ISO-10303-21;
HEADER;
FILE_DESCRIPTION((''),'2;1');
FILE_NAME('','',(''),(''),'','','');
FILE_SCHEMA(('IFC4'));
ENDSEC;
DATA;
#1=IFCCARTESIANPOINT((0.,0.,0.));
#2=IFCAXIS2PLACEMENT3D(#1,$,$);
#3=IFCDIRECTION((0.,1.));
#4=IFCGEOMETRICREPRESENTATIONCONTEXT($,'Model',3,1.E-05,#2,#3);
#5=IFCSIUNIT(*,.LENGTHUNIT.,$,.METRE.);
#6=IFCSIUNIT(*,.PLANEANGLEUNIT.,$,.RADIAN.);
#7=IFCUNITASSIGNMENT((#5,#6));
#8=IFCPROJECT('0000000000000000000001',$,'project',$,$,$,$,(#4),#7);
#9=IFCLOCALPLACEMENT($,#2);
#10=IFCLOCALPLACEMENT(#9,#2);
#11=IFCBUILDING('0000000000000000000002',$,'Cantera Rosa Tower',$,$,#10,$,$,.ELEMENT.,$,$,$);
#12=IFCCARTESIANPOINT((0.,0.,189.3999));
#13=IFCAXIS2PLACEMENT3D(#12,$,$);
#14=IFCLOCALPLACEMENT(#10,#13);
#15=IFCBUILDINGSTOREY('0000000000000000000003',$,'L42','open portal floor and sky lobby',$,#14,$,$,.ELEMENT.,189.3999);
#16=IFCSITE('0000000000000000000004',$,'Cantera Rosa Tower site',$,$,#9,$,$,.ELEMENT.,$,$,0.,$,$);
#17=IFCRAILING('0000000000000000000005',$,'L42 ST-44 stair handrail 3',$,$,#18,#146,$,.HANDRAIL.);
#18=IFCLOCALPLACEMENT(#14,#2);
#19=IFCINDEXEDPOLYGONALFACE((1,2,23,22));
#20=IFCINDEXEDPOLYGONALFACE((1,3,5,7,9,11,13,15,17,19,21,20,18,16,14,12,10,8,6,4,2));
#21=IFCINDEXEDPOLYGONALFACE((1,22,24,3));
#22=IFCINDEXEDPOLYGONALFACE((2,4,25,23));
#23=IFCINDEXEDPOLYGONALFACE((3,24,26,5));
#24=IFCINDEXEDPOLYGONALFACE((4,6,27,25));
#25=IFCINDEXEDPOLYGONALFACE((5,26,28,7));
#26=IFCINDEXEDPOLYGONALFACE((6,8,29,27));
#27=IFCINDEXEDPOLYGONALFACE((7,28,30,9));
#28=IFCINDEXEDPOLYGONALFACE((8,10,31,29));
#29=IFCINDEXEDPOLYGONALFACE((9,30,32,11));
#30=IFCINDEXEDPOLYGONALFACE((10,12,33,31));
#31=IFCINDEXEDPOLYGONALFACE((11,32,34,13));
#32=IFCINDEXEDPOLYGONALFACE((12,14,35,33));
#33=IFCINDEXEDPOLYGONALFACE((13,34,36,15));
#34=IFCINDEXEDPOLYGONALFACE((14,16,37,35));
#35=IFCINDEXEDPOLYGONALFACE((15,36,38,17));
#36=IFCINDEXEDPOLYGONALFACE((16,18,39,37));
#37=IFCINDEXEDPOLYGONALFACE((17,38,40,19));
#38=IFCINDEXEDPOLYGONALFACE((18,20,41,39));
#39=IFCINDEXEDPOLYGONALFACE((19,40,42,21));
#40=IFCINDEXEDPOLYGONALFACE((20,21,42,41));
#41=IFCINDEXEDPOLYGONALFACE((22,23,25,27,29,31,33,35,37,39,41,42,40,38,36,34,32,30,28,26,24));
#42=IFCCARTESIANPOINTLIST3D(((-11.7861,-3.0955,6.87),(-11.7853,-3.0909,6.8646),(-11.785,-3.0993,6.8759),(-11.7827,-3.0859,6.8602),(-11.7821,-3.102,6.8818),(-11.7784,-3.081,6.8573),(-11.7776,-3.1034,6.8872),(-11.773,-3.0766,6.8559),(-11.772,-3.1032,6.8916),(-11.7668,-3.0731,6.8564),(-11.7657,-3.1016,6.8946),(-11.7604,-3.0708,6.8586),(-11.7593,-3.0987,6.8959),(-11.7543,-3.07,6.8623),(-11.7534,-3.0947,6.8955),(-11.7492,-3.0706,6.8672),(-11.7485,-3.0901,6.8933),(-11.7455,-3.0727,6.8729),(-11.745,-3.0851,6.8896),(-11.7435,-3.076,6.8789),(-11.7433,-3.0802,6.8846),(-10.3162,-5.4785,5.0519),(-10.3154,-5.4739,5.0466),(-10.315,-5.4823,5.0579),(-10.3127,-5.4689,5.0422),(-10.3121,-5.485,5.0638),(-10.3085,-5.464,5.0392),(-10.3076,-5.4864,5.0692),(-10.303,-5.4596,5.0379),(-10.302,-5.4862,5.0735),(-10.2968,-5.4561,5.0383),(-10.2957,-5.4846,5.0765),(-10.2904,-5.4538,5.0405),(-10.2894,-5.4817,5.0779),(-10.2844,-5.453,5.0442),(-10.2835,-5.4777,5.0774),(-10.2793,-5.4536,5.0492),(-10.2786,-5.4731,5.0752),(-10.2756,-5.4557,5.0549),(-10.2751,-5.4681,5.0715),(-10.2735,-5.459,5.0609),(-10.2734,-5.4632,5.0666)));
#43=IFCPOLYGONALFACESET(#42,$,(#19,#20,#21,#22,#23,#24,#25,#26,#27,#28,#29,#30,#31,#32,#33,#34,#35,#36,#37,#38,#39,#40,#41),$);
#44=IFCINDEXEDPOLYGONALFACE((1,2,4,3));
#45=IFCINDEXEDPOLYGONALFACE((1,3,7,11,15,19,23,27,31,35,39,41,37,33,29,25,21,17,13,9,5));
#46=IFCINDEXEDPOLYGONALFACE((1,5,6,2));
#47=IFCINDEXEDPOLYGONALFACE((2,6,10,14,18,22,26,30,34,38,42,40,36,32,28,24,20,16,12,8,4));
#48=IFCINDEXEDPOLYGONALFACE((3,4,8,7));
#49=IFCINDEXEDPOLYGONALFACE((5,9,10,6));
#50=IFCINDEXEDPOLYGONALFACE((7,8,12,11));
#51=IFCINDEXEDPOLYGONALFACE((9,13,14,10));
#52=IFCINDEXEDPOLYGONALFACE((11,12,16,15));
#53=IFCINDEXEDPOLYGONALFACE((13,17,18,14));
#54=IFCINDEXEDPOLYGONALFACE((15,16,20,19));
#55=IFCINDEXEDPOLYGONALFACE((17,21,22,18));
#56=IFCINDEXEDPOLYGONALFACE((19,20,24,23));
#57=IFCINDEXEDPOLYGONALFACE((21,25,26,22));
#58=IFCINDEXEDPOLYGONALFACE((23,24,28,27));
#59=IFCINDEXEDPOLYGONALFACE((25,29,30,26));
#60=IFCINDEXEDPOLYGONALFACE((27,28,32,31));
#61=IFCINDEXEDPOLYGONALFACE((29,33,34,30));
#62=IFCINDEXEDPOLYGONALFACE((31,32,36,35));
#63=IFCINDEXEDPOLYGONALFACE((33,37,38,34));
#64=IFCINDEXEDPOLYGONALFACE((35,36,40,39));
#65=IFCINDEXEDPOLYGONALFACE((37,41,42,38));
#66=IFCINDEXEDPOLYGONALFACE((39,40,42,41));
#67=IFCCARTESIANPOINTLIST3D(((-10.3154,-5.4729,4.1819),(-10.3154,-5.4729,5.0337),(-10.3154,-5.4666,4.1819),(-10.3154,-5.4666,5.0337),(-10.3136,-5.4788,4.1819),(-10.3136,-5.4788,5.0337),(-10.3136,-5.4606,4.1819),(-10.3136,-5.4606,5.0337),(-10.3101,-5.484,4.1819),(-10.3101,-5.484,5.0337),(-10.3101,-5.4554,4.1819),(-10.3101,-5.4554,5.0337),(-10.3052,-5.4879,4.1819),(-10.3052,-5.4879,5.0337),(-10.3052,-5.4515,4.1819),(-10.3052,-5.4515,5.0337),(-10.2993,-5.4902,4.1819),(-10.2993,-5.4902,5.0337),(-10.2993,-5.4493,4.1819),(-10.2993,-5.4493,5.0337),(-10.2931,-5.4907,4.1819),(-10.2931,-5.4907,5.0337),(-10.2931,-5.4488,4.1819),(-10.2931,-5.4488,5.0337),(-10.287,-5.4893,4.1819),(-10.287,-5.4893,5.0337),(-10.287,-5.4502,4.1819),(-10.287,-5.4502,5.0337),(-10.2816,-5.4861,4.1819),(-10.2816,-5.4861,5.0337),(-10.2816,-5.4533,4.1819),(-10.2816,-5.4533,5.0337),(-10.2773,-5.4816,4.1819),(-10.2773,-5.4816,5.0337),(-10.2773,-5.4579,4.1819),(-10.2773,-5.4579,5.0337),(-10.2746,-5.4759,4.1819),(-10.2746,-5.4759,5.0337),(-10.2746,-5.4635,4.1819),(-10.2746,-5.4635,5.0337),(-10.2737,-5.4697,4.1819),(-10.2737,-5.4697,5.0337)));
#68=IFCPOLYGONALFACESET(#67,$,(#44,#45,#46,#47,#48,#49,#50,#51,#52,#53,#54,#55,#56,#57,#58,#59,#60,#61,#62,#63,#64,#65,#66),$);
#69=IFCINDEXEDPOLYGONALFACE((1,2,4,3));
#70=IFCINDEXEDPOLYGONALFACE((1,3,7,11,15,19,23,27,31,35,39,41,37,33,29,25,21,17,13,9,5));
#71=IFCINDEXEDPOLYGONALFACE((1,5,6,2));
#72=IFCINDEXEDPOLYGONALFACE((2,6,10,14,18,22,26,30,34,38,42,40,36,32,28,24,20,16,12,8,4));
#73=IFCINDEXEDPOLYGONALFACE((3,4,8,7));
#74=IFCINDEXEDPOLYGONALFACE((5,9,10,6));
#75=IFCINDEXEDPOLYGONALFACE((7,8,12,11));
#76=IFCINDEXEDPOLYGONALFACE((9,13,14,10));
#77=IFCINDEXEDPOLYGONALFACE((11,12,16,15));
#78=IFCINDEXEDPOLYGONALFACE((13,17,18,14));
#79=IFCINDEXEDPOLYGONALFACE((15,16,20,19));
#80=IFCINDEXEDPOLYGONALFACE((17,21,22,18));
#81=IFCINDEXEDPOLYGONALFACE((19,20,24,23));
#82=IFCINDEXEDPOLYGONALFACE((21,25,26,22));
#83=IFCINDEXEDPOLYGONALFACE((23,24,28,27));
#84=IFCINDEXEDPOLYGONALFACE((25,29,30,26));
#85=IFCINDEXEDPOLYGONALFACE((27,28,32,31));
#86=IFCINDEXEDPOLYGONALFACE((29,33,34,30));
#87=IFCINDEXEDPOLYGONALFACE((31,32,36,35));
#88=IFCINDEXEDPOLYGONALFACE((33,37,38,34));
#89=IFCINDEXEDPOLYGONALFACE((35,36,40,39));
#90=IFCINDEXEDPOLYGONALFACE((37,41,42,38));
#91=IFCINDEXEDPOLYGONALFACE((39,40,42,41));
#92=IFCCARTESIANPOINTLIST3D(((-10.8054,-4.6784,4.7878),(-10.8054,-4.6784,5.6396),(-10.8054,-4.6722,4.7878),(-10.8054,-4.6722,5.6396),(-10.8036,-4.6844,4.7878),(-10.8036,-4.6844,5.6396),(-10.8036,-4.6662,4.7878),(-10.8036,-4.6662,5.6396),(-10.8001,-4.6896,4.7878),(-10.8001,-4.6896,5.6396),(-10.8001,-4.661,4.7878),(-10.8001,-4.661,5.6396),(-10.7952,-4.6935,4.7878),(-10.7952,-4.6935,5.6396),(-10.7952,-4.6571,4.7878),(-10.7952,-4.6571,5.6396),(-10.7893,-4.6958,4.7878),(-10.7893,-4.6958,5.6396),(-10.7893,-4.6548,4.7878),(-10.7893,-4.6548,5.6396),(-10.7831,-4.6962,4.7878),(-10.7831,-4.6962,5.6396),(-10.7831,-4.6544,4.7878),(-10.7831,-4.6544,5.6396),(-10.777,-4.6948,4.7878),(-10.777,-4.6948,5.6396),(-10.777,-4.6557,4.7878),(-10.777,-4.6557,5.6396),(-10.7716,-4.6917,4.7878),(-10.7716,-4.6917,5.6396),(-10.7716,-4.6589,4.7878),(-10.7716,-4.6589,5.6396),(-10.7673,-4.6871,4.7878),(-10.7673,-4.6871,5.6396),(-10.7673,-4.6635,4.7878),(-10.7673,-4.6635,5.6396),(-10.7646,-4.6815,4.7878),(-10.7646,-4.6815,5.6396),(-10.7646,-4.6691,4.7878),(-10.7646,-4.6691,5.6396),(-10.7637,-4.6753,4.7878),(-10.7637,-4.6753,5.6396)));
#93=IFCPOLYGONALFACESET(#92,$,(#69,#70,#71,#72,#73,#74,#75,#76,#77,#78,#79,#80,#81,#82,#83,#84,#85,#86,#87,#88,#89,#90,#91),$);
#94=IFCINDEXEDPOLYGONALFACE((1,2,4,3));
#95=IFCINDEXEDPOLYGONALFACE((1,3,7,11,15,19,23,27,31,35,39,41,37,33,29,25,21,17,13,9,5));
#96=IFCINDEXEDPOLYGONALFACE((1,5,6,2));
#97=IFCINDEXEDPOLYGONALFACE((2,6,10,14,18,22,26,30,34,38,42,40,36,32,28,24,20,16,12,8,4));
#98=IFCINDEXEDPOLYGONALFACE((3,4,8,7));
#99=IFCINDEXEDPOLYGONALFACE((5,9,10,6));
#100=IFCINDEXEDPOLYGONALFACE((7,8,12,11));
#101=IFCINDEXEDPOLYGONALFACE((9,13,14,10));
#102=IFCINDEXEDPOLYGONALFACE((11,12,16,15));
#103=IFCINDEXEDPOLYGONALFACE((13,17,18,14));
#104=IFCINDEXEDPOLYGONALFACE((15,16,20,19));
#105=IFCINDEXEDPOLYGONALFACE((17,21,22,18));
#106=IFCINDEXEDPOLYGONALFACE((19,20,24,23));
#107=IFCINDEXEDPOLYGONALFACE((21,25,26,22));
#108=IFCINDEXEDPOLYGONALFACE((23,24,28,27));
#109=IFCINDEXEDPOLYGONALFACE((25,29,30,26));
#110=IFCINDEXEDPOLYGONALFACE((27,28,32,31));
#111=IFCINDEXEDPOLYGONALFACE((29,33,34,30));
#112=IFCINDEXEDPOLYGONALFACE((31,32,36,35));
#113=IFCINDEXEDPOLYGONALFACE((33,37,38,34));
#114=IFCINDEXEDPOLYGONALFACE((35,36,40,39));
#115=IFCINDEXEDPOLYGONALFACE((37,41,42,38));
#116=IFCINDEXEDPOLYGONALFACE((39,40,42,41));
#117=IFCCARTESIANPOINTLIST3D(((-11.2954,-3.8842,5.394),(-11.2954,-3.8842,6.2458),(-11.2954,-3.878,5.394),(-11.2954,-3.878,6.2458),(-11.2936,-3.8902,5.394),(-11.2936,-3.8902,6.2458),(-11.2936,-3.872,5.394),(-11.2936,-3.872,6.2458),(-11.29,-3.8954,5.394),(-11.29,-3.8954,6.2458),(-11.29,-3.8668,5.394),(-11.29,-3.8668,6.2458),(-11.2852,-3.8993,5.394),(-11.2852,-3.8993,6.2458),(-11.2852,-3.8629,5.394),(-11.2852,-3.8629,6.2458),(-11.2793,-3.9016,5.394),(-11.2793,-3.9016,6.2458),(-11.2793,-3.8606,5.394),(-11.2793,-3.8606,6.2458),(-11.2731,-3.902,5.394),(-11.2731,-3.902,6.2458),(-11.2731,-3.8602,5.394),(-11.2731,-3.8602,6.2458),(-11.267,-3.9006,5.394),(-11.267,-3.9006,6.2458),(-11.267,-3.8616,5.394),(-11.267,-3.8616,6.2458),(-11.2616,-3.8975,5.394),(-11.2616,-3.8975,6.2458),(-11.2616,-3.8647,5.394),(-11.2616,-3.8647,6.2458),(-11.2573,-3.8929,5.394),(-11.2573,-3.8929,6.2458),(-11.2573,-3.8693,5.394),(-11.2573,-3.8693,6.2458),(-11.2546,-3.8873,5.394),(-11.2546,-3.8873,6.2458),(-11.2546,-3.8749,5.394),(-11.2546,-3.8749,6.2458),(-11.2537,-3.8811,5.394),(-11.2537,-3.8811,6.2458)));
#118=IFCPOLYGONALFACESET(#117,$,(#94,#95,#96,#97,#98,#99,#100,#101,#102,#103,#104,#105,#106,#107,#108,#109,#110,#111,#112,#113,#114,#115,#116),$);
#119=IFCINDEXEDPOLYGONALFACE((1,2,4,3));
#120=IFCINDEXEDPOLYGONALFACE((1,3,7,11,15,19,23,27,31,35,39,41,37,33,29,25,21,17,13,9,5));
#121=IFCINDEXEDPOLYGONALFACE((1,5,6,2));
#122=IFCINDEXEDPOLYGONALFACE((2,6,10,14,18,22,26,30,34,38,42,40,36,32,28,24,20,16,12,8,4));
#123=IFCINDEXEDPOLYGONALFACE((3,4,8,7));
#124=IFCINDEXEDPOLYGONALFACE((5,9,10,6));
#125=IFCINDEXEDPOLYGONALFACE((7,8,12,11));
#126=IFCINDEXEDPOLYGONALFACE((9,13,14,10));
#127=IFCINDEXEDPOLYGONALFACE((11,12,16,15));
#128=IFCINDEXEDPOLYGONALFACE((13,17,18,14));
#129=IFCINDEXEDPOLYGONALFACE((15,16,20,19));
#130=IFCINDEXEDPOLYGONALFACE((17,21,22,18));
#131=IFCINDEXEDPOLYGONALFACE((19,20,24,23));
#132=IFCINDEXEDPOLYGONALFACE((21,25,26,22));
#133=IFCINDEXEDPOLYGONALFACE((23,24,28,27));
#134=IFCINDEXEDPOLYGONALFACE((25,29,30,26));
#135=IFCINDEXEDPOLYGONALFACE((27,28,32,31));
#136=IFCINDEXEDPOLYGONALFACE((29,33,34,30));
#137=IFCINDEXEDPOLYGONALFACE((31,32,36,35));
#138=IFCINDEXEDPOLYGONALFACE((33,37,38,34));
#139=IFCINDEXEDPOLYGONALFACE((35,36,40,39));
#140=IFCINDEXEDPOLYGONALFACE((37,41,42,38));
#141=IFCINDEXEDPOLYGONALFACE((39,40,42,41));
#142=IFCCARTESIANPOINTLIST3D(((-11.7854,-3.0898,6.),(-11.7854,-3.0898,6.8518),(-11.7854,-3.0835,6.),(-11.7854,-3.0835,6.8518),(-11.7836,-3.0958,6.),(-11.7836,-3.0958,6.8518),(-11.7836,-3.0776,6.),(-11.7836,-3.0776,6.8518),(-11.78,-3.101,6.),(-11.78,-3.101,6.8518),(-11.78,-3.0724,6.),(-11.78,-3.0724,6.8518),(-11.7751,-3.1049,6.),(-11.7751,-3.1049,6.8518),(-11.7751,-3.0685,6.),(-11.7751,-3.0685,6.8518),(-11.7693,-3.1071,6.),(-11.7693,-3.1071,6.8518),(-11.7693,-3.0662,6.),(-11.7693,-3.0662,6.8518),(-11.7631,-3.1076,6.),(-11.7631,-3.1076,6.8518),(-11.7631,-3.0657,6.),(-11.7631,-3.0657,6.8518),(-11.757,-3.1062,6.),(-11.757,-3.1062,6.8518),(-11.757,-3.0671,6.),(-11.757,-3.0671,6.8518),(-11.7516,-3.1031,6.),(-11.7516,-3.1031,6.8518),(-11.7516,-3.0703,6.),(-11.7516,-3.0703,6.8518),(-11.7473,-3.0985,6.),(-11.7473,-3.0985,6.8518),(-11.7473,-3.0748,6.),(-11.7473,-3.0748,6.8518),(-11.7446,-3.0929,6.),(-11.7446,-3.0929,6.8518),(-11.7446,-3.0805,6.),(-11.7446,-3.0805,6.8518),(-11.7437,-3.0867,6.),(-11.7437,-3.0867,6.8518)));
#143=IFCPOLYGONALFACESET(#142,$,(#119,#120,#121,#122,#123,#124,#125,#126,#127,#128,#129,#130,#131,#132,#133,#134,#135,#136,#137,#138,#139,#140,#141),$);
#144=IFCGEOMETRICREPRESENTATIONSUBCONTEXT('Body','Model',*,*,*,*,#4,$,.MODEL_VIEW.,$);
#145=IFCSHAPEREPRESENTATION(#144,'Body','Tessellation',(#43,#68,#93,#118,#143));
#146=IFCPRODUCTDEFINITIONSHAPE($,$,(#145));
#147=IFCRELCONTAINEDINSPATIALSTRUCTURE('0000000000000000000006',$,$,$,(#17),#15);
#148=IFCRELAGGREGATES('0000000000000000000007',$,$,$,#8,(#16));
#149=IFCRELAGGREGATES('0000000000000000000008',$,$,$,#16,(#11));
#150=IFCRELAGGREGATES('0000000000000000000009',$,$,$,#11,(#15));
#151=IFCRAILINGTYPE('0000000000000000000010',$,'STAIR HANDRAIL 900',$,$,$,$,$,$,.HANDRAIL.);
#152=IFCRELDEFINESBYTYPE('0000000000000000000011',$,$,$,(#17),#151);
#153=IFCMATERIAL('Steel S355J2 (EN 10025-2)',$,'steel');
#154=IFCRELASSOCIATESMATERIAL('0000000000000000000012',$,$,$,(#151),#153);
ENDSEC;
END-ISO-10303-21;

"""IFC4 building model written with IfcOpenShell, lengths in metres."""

from ifc_helpers import new_model, si_unit, direction, frame, origin, origin_2d, place, context, subcontext, project, spatial, circle, extrude, material, type_object, element, save


model = new_model("IFC4")

# Units and contexts
model_context = context("Model", 3, precision=1e-05, world=origin(), true_north=direction((0.0, 1.0)))
body_context = subcontext(model_context, "Body", "Model", "MODEL_VIEW")
ifc_project = project(units=[si_unit("LENGTHUNIT", "METRE"), si_unit("PLANEANGLEUNIT", "RADIAN")], contexts=[model_context])

# Site, building, storey
site_placement = place(None, origin())
site = spatial("IfcSite", under=ifc_project, at=site_placement, Name="Cantera Rosa Tower site", CompositionType="ELEMENT", RefElevation=0.0)
building_placement = place(site_placement, origin())
building = spatial("IfcBuilding", under=site, at=building_placement, Name="Cantera Rosa Tower", CompositionType="ELEMENT")
storey_placement = place(building_placement, frame((0.0, 0.0, 189.3999)))
storey = spatial("IfcBuildingStorey", under=building, at=storey_placement, Name="L42", Description="open portal floor and sky lobby", CompositionType="ELEMENT", Elevation=189.3999)

# Railing
ifc_material_1 = material(Name="Steel S355J2 (EN 10025-2)", Category="steel")
railing_type_1 = type_object("IfcRailingType", Name="STAIR HANDRAIL 900", PredefinedType="HANDRAIL", material=ifc_material_1)
for number, where, name in (
    (1, (-10.2947, -5.4697, 4.1819), "L42 ST-44 stair handrail 3"),
):
    element("IfcRailing", number, at=place(storey_placement, frame(where)), inside=storey, type_object=railing_type_1, Name=name, PredefinedType="HANDRAIL", context=body_context, shape_type="SweptSolid", body=[
        extrude(circle(Radius=0.0239, at=origin_2d()), frame((0.0, 0.0, 0.876), z_axis=(-0.440314, 0.713819, 0.544597), x_axis=(-0.851104, -0.524997, 0.0)), (0.0, 0.0, 1.0), 3.3384),
        extrude(circle(Radius=0.021, at=origin_2d()), origin(), (0.0, 0.0, 1.0), 0.8518),
        extrude(circle(Radius=0.021, at=origin_2d()), frame((-0.49, 0.7944, 0.606)), (0.0, 0.0, 1.0), 0.8518),
        extrude(circle(Radius=0.021, at=origin_2d()), frame((-0.98, 1.5886, 1.2122)), (0.0, 0.0, 1.0), 0.8518),
        extrude(circle(Radius=0.021, at=origin_2d()), frame((-1.47, 2.3831, 1.8181)), (0.0, 0.0, 1.0), 0.8518),
    ])

save(model, "model.ifc")
